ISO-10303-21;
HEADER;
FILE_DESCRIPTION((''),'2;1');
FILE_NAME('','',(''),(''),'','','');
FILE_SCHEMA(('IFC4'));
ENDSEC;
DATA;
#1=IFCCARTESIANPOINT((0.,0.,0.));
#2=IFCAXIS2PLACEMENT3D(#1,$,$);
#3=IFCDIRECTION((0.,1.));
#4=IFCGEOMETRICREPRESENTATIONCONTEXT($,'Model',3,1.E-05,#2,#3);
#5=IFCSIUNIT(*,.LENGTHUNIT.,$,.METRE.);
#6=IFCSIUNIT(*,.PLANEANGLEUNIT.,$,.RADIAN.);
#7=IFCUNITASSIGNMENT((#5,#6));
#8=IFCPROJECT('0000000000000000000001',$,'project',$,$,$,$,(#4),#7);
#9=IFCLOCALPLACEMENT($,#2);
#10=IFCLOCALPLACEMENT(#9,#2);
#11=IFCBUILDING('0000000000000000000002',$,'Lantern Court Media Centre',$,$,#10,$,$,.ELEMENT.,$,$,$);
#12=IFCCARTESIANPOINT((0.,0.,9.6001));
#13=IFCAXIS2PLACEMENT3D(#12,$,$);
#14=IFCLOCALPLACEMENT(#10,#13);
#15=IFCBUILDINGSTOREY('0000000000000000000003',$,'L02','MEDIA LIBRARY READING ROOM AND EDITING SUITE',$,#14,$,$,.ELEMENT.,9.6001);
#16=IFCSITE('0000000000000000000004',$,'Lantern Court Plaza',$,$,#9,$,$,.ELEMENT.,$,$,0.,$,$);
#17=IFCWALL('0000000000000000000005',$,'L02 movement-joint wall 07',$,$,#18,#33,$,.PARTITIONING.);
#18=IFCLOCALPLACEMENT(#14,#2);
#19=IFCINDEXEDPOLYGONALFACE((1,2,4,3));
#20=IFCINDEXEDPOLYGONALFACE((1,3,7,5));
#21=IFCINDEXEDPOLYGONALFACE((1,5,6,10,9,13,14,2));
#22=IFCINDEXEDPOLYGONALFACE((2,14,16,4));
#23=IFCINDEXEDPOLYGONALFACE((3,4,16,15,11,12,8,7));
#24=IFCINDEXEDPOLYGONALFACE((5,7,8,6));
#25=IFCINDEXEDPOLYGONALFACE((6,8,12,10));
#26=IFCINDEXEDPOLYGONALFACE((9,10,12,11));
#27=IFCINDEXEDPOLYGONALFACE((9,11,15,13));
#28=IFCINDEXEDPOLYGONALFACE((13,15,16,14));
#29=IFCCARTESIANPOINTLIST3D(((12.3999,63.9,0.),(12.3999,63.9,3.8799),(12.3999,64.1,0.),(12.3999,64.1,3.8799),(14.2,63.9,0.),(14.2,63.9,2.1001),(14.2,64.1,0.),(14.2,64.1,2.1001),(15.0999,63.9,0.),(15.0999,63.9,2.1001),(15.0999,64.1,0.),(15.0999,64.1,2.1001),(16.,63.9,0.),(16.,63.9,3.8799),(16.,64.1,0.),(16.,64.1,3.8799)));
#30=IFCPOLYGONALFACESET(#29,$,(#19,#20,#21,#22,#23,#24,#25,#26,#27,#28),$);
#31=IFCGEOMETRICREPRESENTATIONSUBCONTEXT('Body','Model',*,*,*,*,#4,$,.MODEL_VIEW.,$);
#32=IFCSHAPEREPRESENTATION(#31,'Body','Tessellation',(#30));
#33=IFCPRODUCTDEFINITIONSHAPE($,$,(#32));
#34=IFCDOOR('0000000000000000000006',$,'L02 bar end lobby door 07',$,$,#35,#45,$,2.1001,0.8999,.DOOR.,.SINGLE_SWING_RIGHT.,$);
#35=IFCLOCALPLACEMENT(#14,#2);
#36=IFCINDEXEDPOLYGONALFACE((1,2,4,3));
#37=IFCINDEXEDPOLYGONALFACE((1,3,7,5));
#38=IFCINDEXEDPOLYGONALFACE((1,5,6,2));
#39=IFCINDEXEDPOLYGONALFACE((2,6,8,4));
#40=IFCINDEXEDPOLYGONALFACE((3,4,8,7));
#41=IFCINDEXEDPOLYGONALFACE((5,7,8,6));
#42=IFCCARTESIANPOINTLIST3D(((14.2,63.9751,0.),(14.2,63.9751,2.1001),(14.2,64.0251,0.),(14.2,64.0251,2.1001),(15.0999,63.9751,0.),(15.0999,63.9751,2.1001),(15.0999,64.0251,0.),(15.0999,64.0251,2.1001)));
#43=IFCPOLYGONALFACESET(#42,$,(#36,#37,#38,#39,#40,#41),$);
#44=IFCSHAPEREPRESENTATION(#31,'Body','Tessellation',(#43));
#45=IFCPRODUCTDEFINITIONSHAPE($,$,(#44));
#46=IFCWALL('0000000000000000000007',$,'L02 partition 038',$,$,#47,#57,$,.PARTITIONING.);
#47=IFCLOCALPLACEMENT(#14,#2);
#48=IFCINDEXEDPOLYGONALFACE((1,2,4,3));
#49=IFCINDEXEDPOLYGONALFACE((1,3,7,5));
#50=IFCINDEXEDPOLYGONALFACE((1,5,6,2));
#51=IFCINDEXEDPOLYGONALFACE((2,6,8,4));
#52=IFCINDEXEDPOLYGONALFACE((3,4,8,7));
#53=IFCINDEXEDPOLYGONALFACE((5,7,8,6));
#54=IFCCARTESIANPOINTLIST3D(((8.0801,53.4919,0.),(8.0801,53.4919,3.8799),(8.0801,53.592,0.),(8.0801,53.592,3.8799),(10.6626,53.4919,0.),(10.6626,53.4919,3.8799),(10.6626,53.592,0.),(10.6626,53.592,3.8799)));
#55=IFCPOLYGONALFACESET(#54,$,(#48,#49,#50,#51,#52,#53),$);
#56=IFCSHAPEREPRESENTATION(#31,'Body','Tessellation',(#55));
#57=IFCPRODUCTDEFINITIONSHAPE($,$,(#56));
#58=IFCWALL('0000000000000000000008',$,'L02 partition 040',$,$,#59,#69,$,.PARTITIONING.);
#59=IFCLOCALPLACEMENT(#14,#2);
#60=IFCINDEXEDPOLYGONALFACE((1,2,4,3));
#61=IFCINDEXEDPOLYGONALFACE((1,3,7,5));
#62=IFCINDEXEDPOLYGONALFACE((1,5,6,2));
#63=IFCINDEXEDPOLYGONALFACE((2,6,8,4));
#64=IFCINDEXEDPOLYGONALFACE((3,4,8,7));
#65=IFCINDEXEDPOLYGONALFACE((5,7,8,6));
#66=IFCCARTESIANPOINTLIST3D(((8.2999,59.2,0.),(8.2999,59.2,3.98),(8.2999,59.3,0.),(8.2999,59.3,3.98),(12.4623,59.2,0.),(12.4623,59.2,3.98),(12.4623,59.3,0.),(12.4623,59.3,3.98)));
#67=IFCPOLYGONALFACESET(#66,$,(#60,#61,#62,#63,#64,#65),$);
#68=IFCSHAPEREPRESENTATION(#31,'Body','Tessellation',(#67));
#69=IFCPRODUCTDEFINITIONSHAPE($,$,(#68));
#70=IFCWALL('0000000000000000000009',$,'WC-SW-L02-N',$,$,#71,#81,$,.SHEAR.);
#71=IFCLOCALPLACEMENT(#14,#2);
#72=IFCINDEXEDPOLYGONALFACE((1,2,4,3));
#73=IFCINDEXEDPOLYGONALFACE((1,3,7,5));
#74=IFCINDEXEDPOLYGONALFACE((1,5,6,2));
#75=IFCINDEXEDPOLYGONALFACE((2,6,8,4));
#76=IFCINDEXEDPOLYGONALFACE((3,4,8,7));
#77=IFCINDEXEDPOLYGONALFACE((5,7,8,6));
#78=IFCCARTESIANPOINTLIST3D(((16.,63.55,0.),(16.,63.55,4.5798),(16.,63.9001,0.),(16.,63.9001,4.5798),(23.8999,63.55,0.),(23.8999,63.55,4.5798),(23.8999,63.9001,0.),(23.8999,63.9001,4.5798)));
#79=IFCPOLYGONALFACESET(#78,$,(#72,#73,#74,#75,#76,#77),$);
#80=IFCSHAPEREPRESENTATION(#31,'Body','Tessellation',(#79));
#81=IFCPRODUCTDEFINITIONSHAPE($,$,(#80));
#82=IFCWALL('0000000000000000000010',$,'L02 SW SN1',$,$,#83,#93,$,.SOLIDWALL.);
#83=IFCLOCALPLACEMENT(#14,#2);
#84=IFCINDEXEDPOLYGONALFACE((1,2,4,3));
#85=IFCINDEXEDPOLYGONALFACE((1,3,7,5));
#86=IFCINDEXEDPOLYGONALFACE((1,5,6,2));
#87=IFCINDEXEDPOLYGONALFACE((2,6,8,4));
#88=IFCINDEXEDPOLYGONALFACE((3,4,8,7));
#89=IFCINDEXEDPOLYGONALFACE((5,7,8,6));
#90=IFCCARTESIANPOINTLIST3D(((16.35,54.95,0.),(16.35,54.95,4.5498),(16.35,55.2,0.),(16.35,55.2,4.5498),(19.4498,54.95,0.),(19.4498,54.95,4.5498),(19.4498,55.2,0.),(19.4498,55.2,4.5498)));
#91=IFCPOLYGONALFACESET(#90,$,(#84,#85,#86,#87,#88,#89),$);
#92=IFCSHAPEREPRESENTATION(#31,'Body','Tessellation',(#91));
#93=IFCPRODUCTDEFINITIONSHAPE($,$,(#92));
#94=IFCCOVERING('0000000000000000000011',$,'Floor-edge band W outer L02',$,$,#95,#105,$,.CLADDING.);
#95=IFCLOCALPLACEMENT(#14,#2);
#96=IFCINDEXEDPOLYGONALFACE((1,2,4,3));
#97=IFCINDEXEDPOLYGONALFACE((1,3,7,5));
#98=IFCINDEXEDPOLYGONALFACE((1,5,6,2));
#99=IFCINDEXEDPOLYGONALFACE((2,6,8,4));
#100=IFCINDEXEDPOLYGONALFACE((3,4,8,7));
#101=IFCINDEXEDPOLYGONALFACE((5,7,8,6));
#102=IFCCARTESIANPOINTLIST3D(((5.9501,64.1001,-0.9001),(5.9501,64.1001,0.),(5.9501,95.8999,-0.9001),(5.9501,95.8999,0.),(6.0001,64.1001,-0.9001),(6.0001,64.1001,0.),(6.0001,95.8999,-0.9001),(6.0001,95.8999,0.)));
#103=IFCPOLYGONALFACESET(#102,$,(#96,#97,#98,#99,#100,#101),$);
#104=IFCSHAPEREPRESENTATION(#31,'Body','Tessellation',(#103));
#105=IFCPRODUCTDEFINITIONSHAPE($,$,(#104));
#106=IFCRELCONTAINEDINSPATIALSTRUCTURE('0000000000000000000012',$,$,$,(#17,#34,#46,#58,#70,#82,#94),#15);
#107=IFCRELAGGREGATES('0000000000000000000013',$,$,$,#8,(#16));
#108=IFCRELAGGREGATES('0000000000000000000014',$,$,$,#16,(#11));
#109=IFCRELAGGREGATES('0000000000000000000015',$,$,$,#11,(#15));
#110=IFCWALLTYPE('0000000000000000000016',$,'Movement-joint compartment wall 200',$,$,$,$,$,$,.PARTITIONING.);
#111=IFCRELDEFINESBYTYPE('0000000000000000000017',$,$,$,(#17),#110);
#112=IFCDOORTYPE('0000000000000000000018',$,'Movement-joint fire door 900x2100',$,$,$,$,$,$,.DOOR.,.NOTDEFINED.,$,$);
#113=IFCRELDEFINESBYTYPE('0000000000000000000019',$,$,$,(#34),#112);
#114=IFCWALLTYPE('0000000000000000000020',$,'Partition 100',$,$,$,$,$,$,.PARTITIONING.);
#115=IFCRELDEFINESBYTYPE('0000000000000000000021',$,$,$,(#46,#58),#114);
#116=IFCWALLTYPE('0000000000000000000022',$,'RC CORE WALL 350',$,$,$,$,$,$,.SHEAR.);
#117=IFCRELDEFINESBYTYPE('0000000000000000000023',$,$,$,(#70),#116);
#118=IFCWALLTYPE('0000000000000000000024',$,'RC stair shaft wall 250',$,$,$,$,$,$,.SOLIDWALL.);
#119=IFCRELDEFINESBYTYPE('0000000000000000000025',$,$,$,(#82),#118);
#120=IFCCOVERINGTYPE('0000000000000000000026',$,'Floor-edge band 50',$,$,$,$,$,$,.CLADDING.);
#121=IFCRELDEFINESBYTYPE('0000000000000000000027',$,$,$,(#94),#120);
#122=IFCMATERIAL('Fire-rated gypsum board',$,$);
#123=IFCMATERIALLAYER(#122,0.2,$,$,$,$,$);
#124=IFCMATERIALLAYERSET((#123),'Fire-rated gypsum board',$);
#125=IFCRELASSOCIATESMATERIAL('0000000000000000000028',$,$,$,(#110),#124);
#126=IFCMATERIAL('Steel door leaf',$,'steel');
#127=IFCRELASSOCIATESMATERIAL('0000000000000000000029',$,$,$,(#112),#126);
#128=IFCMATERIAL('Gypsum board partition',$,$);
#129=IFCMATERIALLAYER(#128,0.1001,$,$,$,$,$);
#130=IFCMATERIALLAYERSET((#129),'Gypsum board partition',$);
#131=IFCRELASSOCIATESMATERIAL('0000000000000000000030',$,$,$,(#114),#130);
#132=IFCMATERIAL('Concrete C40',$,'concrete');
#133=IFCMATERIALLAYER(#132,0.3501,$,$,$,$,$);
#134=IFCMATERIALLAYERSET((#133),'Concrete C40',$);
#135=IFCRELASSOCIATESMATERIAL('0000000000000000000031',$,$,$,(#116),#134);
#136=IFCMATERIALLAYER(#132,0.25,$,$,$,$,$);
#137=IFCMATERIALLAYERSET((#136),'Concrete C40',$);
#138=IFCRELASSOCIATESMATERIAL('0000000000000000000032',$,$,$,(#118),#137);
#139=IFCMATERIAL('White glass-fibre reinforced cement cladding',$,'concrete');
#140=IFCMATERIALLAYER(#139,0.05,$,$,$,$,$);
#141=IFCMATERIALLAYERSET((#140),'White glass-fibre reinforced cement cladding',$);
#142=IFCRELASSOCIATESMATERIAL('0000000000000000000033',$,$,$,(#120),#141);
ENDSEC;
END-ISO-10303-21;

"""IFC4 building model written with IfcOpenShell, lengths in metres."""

from ifc_helpers import new_model, si_unit, direction, frame, frame_2d, origin, place, context, subcontext, project, spatial, rectangle, extrude, material, layer, layer_set, type_object, element, fill, save


model = new_model("IFC4")

# Units and contexts
model_context = context("Model", 3, precision=1e-05, world=origin(), true_north=direction((0.0, 1.0)))
body_context = subcontext(model_context, "Body", "Model", "MODEL_VIEW")
ifc_project = project(units=[si_unit("LENGTHUNIT", "METRE"), si_unit("PLANEANGLEUNIT", "RADIAN")], contexts=[model_context])

# Site, building, storey
site_placement = place(None, origin())
site = spatial("IfcSite", under=ifc_project, at=site_placement, Name="Lantern Court Plaza", CompositionType="ELEMENT", RefElevation=0.0)
building_placement = place(site_placement, origin())
building = spatial("IfcBuilding", under=site, at=building_placement, Name="Lantern Court Media Centre", CompositionType="ELEMENT")
storey_placement = place(building_placement, frame((0.0, 0.0, 9.6001)))
storey = spatial("IfcBuildingStorey", under=building, at=storey_placement, Name="L02", Description="MEDIA LIBRARY READING ROOM AND EDITING SUITE", CompositionType="ELEMENT", Elevation=9.6001)

# Shared definitions
ifc_material_1 = material(Name="Gypsum board partition")

# Shared definitions
ifc_material_2 = material(Name="Concrete C40", Category="concrete")
ifc_material_3 = material(Name="Steel door leaf", Category="steel")

# Wall, opening, door
ifc_material_4 = material(Name="Fire-rated gypsum board")
ifc_layer_1 = layer(ifc_material_4, 0.2)
ifc_layer_set_1 = layer_set([ifc_layer_1], Name="Fire-rated gypsum board")
wall_type_1 = type_object("IfcWallType", Name="Movement-joint compartment wall 200", PredefinedType="PARTITIONING", material=ifc_layer_set_1)
wall_1_placement = place(storey_placement, frame((12.3999, 64.0, 0.0), z_axis=(0.0, 0.0, 1.0), x_axis=(1.0, 0.0, 0.0)))
wall_1 = element("IfcWall", 1, at=wall_1_placement, inside=storey, type_object=wall_type_1, Name="L02 movement-joint wall 07", PredefinedType="PARTITIONING", context=body_context, shape_type="SweptSolid", body=[
    extrude(rectangle(XDim=3.6001, YDim=0.2, at=frame_2d((1.8, 0.0))), origin(), (0.0, 0.0, 1.0), 3.8799),
])
opening_1_placement = place(wall_1_placement, frame((1.8, 0.0, 0.0)))
opening_1 = element("IfcOpeningElement", 2, at=opening_1_placement, cuts=wall_1, PredefinedType="OPENING", context=body_context, shape_type="SweptSolid", body=[
    extrude(rectangle(XDim=0.8999, YDim=2.1001, at=frame_2d((0.45, 1.05))), frame((0.0, 0.1099, 0.0), z_axis=(0.0, -1.0, 0.0), x_axis=(1.0, 0.0, 0.0)), (0.0, 0.0, 1.0), 0.22),
])
door_type_1 = type_object("IfcDoorType", Name="Movement-joint fire door 900x2100", OperationType="NOTDEFINED", PredefinedType="DOOR", material=ifc_material_3)
door_1_placement = place(opening_1_placement, frame((0.8999, 0.0, 0.0), z_axis=(0.0, 0.0, 1.0), x_axis=(-1.0, 0.0, 0.0)))
door_1 = element("IfcDoor", 3, at=door_1_placement, inside=storey, type_object=door_type_1, Name="L02 bar end lobby door 07", OperationType="SINGLE_SWING_RIGHT", OverallHeight=2.1001, OverallWidth=0.8999, PredefinedType="DOOR", context=body_context, shape_type="SweptSolid", body=[
    extrude(rectangle(XDim=0.8999, YDim=2.1001, at=frame_2d((0.45, 1.05))), frame((0.0, 0.0249, 0.0), z_axis=(0.0, -1.0, 0.0), x_axis=(1.0, 0.0, 0.0)), (0.0, 0.0, 1.0), 0.05),
])
fill(opening_1, door_1)

# Walls
ifc_layer_2 = layer(ifc_material_1, 0.1001)
ifc_layer_set_2 = layer_set([ifc_layer_2], Name="Gypsum board partition")
wall_type_2 = type_object("IfcWallType", Name="Partition 100", PredefinedType="PARTITIONING", material=ifc_layer_set_2)
wall_2_placement = place(storey_placement, frame((8.0801, 53.542, 0.0), z_axis=(0.0, 0.0, 1.0), x_axis=(1.0, 0.0, 0.0)))
element("IfcWall", 4, at=wall_2_placement, inside=storey, type_object=wall_type_2, Name="L02 partition 038", PredefinedType="PARTITIONING", context=body_context, shape_type="SweptSolid", body=[
    extrude(rectangle(XDim=2.5825, YDim=0.1001, at=frame_2d((1.2913, 0.0))), origin(), (0.0, 0.0, 1.0), 3.8799),
])
wall_3_placement = place(storey_placement, frame((8.3, 59.25, 0.0), z_axis=(0.0, 0.0, 1.0), x_axis=(1.0, 0.0, 0.0)))
element("IfcWall", 5, at=wall_3_placement, inside=storey, type_object=wall_type_2, Name="L02 partition 040", PredefinedType="PARTITIONING", context=body_context, shape_type="SweptSolid", body=[
    extrude(rectangle(XDim=4.1624, YDim=0.1001, at=frame_2d((2.0811, 0.0))), origin(), (0.0, 0.0, 1.0), 3.98),
])
ifc_layer_3 = layer(ifc_material_2, 0.3501)
ifc_layer_set_3 = layer_set([ifc_layer_3], Name="Concrete C40")
wall_type_3 = type_object("IfcWallType", Name="RC CORE WALL 350", PredefinedType="SHEAR", material=ifc_layer_set_3)
wall_4_placement = place(storey_placement, frame((16.0, 63.7251, 0.0), z_axis=(0.0, 0.0, 1.0), x_axis=(1.0, 0.0, 0.0)))
element("IfcWall", 6, at=wall_4_placement, inside=storey, type_object=wall_type_3, Name="WC-SW-L02-N", PredefinedType="SHEAR", context=body_context, shape_type="SweptSolid", body=[
    extrude(rectangle(XDim=7.8999, YDim=0.3501, at=frame_2d((3.95, 0.0))), origin(), (0.0, 0.0, 1.0), 4.5798),
])
ifc_layer_4 = layer(ifc_material_2, 0.25)
ifc_layer_set_4 = layer_set([ifc_layer_4], Name="Concrete C40")
wall_type_4 = type_object("IfcWallType", Name="RC stair shaft wall 250", PredefinedType="SOLIDWALL", material=ifc_layer_set_4)
wall_5_placement = place(storey_placement, frame((16.3501, 55.075, 0.0), z_axis=(0.0, 0.0, 1.0), x_axis=(1.0, 0.0, 0.0)))
element("IfcWall", 7, at=wall_5_placement, inside=storey, type_object=wall_type_4, Name="L02 SW SN1", PredefinedType="SOLIDWALL", context=body_context, shape_type="SweptSolid", body=[
    extrude(rectangle(XDim=3.0999, YDim=0.25, at=frame_2d((1.5498, 0.0))), origin(), (0.0, 0.0, 1.0), 4.5498),
])

# Covering
ifc_material_5 = material(Name="White glass-fibre reinforced cement cladding", Category="concrete")
ifc_layer_5 = layer(ifc_material_5, 0.05)
ifc_layer_set_5 = layer_set([ifc_layer_5], Name="White glass-fibre reinforced cement cladding")
covering_type = type_object("IfcCoveringType", Name="Floor-edge band 50", PredefinedType="CLADDING", material=ifc_layer_set_5)
covering_placement = place(storey_placement, frame((5.9751, 64.1001, -0.9001), z_axis=(0.0, 0.0, 1.0), x_axis=(0.0, 1.0, 0.0)))
element("IfcCovering", 8, at=covering_placement, inside=storey, type_object=covering_type, Name="Floor-edge band W outer L02", PredefinedType="CLADDING", context=body_context, shape_type="SweptSolid", body=[
    extrude(rectangle(XDim=31.7998, YDim=0.05, at=frame_2d((15.8999, 0.0))), origin(), (0.0, 0.0, 1.0), 0.9001),
])

save(model, "model.ifc")
